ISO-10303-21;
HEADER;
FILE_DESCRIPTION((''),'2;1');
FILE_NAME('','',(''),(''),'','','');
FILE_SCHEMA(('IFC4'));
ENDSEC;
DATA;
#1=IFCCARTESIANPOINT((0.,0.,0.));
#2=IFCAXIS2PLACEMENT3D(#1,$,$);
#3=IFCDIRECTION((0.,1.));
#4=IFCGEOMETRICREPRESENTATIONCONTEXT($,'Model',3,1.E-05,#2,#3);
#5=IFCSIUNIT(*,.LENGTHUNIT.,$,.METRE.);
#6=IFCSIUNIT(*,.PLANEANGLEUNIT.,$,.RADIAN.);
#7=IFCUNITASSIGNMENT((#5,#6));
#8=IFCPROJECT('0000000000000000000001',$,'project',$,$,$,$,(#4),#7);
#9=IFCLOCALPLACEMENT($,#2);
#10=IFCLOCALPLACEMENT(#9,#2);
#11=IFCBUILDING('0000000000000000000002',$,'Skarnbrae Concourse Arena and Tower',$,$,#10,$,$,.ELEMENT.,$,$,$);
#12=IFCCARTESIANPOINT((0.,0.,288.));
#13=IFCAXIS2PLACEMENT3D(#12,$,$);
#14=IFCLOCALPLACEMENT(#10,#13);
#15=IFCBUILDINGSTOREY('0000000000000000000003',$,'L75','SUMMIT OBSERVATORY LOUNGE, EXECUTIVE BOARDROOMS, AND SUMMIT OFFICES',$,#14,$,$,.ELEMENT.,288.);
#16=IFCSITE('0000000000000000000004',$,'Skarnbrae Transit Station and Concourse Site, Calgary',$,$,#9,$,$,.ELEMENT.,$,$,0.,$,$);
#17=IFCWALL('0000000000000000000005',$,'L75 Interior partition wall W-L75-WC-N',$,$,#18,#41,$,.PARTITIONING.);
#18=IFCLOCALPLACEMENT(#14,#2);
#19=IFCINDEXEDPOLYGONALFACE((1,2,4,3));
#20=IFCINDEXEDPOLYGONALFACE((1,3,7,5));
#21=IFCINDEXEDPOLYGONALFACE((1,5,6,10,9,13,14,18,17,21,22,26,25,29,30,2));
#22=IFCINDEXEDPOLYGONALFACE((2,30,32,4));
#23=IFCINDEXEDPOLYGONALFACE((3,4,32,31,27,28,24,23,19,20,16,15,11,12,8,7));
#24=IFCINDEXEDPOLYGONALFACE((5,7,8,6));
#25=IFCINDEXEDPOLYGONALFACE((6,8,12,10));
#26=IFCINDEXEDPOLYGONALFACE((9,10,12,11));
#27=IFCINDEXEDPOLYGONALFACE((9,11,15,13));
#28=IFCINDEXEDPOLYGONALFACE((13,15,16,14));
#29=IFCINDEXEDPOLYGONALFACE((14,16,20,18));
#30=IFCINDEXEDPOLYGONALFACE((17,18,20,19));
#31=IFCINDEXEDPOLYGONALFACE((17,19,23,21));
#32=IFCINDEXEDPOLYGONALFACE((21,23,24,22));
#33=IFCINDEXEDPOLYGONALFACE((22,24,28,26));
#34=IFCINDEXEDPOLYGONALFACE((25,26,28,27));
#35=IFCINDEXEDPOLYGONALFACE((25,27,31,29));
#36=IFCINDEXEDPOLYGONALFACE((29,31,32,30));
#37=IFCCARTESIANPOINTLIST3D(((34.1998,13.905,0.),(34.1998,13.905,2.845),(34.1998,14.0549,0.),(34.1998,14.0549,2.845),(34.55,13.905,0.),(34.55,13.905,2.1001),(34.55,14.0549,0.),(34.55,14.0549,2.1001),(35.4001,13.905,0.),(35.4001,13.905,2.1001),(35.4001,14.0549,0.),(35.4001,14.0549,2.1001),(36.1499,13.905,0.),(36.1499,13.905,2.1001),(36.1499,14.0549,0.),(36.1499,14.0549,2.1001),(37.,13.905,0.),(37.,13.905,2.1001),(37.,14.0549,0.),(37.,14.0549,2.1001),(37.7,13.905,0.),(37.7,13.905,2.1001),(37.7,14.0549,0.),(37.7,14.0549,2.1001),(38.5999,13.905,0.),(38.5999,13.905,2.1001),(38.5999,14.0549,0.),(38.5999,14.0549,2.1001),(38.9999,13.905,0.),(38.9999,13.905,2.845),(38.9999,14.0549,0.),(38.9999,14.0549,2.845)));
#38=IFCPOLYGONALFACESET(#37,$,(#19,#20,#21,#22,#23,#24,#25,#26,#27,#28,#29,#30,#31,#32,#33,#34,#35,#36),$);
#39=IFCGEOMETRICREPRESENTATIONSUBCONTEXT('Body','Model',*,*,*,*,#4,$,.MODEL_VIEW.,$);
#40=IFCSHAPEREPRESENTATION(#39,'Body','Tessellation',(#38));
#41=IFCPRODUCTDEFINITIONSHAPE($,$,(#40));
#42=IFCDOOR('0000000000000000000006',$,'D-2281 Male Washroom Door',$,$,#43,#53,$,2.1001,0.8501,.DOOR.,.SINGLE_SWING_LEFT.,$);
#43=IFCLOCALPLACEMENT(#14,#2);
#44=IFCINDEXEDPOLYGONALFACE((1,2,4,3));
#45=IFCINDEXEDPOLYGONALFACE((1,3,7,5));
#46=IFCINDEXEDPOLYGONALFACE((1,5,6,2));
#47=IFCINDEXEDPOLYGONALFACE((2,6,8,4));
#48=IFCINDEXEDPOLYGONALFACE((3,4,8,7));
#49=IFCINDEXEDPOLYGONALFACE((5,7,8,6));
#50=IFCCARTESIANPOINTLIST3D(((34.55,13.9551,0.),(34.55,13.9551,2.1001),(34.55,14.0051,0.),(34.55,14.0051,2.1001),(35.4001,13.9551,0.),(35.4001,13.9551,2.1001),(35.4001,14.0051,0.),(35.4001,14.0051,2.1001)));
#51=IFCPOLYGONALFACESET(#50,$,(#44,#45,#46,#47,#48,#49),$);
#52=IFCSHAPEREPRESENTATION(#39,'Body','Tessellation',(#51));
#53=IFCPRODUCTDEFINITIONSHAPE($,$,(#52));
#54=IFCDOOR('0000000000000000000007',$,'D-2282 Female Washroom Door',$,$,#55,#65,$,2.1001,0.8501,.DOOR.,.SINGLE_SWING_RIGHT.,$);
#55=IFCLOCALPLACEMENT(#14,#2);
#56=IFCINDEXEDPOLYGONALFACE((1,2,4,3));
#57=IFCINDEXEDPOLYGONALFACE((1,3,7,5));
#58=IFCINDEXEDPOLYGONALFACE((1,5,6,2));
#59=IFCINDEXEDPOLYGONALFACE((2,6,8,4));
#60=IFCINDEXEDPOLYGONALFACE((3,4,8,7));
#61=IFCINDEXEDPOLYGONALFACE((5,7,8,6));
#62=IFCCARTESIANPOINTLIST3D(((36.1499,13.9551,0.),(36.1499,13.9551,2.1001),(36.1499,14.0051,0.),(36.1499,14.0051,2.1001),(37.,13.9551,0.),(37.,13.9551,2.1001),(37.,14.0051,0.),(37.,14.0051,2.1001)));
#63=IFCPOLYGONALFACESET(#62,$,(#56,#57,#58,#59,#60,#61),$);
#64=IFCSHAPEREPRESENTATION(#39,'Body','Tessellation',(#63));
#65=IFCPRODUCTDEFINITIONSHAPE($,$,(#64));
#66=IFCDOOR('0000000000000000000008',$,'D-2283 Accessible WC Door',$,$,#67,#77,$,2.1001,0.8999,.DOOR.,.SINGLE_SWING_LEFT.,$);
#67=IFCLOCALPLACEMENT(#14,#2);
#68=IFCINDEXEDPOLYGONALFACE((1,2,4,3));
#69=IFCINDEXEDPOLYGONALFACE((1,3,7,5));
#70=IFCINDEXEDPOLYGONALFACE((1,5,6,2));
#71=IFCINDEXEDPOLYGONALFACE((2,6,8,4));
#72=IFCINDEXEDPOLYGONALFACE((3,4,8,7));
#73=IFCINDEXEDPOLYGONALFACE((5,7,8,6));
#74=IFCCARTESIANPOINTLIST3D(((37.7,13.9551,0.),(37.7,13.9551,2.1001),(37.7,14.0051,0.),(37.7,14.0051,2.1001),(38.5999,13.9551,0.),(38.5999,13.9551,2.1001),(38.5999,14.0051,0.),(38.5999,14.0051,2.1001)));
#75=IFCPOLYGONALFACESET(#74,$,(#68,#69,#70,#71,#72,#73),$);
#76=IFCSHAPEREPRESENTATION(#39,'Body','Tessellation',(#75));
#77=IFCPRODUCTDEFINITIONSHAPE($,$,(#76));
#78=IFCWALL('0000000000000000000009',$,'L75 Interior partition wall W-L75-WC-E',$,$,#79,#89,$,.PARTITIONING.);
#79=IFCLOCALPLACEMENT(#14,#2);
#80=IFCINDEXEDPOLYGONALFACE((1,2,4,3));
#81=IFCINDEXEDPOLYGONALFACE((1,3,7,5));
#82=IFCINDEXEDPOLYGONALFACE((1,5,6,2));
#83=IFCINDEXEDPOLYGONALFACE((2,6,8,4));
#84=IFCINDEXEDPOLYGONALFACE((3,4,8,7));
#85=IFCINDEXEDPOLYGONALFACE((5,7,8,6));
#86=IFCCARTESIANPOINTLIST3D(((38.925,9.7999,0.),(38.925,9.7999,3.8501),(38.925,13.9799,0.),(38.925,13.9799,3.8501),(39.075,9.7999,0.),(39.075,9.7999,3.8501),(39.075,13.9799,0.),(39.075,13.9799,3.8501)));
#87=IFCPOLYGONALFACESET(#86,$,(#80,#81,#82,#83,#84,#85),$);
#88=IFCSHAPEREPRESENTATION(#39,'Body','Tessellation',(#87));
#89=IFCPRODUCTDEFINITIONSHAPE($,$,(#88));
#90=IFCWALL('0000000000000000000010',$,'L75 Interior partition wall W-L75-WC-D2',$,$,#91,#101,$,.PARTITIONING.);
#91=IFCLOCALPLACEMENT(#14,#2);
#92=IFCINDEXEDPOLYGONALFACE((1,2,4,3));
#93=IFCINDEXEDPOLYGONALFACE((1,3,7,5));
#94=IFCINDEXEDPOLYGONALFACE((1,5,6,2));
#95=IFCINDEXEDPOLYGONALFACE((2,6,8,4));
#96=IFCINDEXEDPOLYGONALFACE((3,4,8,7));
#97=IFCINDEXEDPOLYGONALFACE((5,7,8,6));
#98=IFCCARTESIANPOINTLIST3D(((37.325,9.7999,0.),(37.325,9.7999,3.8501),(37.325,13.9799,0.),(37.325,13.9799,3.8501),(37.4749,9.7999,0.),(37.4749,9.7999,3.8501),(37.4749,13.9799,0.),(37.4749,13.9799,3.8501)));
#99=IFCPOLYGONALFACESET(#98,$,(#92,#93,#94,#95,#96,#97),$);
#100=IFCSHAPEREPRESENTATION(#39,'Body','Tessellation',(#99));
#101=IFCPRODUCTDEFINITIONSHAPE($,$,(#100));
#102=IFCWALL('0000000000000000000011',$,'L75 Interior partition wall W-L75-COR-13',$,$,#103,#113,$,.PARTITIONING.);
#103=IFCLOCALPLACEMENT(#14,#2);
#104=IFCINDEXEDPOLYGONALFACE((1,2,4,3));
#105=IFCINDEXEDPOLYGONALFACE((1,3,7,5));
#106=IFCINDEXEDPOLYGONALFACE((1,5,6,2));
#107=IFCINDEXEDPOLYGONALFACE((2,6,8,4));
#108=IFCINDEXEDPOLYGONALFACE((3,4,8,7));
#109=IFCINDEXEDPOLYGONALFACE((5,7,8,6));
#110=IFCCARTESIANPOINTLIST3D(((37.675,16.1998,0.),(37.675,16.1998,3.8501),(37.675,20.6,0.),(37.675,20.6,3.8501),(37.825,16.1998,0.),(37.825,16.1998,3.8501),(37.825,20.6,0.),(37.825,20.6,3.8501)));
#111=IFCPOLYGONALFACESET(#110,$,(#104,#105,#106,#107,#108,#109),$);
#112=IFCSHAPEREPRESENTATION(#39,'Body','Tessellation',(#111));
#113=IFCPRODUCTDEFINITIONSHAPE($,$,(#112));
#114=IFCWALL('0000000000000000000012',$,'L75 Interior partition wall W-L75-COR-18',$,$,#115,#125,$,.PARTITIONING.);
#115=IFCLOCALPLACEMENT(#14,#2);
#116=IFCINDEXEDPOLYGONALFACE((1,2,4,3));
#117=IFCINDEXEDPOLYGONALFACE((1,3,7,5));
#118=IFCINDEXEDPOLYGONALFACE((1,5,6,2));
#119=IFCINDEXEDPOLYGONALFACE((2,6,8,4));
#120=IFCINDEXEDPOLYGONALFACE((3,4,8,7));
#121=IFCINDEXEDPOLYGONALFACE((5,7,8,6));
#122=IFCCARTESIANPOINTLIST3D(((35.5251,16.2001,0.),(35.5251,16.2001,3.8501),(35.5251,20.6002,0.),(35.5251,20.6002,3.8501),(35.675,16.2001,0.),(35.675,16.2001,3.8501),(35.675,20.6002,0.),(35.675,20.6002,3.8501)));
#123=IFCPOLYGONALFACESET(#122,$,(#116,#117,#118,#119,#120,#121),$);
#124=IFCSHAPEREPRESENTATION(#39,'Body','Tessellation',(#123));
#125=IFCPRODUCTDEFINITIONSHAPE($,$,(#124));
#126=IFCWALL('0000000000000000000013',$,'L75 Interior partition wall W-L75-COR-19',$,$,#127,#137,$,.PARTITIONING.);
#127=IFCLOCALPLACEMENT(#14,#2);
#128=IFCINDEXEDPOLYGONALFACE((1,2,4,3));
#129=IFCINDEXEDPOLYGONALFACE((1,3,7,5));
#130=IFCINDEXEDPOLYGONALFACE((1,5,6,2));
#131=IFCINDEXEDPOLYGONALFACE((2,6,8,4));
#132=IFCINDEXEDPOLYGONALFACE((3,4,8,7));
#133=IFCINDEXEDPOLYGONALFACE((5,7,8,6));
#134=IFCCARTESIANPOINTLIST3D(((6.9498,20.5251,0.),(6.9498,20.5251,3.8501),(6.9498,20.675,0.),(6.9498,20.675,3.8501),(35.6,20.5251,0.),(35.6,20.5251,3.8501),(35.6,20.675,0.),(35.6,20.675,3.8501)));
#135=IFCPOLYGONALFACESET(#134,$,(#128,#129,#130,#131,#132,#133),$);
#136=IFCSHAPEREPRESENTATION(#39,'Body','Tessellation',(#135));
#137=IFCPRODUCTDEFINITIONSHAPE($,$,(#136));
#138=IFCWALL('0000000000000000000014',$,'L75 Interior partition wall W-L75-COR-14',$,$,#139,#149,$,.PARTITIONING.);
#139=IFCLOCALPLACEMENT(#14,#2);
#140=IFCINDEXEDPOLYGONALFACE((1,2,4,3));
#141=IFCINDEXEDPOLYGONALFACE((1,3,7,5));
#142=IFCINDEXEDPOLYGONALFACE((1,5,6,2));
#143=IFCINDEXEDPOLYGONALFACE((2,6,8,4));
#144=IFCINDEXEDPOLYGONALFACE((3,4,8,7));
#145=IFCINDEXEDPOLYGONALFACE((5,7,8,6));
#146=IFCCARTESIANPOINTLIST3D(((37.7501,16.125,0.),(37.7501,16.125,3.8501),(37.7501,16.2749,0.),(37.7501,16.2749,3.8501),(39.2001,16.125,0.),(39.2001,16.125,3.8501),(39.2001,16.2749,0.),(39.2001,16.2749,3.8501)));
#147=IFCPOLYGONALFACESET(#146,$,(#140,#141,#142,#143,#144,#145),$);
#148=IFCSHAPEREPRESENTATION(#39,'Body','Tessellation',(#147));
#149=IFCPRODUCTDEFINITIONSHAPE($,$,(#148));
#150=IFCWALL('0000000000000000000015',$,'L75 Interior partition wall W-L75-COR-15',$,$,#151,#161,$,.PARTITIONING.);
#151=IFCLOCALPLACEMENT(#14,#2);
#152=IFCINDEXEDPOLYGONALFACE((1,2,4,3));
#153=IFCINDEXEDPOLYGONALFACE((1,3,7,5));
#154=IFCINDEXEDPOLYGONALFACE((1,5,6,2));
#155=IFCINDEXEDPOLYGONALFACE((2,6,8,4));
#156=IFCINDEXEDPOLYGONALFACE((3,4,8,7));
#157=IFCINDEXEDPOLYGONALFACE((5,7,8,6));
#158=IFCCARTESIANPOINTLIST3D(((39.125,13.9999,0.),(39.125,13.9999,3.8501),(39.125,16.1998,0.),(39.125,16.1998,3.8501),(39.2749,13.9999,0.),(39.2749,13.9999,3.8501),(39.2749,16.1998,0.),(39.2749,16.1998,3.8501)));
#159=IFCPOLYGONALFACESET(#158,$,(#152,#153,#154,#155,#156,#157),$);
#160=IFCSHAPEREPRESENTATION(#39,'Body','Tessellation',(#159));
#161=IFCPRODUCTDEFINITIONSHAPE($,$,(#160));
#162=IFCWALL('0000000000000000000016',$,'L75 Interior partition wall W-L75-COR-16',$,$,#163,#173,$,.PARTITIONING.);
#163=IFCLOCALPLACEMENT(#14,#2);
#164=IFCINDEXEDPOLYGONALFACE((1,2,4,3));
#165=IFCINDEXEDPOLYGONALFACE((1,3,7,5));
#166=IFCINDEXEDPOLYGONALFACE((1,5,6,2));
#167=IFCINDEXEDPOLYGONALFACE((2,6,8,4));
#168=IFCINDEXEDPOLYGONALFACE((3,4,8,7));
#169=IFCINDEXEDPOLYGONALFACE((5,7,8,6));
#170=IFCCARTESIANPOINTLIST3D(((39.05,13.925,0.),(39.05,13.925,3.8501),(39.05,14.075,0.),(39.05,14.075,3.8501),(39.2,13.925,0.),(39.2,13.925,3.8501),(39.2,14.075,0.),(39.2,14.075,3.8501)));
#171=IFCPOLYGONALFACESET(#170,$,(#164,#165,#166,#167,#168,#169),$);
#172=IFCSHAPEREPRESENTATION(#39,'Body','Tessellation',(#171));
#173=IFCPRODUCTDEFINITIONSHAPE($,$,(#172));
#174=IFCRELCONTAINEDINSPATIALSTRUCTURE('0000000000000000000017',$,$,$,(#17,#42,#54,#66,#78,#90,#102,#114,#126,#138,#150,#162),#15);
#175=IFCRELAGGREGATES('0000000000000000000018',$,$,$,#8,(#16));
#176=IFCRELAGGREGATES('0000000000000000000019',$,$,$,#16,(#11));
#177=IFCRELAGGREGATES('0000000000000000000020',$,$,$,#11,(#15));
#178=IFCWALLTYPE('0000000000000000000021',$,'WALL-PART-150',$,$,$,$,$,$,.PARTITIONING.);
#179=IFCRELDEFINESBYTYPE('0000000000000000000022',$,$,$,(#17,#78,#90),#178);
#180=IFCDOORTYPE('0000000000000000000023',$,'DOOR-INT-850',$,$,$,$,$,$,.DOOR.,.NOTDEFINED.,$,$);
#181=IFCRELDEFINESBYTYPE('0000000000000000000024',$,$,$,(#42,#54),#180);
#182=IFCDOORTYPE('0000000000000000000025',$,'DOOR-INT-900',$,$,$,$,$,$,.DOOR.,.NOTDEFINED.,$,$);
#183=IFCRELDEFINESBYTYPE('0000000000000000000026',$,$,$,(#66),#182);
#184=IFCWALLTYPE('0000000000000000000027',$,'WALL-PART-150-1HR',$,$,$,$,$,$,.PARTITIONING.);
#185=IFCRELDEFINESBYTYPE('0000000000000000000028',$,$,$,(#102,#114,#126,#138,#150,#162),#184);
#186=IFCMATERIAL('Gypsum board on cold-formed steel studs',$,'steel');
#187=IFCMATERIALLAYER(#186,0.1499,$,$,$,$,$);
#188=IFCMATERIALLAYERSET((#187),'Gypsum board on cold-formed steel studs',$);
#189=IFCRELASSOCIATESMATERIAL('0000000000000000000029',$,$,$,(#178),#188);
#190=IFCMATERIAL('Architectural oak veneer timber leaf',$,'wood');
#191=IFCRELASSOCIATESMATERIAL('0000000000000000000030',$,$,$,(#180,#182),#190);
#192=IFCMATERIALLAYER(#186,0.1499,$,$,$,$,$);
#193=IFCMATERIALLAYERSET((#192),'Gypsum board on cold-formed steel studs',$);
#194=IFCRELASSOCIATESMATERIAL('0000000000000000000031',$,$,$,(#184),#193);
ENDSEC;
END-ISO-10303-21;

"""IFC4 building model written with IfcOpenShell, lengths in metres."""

from ifc_helpers import new_model, si_unit, direction, frame, frame_2d, origin, place, context, subcontext, project, spatial, rectangle, extrude, source, transform, mapped, material, layer, layer_set, type_object, element, fill, save


model = new_model("IFC4")

# Units and contexts
model_context = context("Model", 3, precision=1e-05, world=origin(), true_north=direction((0.0, 1.0)))
body_context = subcontext(model_context, "Body", "Model", "MODEL_VIEW")
ifc_project = project(units=[si_unit("LENGTHUNIT", "METRE"), si_unit("PLANEANGLEUNIT", "RADIAN")], contexts=[model_context])

# Site, building, storey
site_placement = place(None, origin())
site = spatial("IfcSite", under=ifc_project, at=site_placement, Name="Skarnbrae Transit Station and Concourse Site, Calgary", CompositionType="ELEMENT", RefElevation=0.0)
building_placement = place(site_placement, origin())
building = spatial("IfcBuilding", under=site, at=building_placement, Name="Skarnbrae Concourse Arena and Tower", CompositionType="ELEMENT")
storey_placement = place(building_placement, frame((0.0, 0.0, 288.0)))
storey = spatial("IfcBuildingStorey", under=building, at=storey_placement, Name="L75", Description="SUMMIT OBSERVATORY LOUNGE, EXECUTIVE BOARDROOMS, AND SUMMIT OFFICES", CompositionType="ELEMENT", Elevation=288.0)

# Wall, openings, doors
ifc_material_1 = material(Name="Gypsum board on cold-formed steel studs", Category="steel")
ifc_layer_1 = layer(ifc_material_1, 0.1499)
ifc_layer_set_1 = layer_set([ifc_layer_1], Name="Gypsum board on cold-formed steel studs")
wall_type_1 = type_object("IfcWallType", Name="WALL-PART-150", PredefinedType="PARTITIONING", material=ifc_layer_set_1)
shared_shape_1 = source(origin(), body_context, "Body", "SweptSolid", [
    extrude(rectangle(XDim=4.8, YDim=0.1499, at=frame_2d((2.3999, 0.0))), origin(), (0.0, 0.0, 1.0), 2.845),
])
wall_1_placement = place(storey_placement, frame((34.2, 13.98, 0.0), z_axis=(0.0, 0.0, 1.0), x_axis=(1.0, 0.0, 0.0)))
wall_1 = element("IfcWall", 1, at=wall_1_placement, inside=storey, type_object=wall_type_1, Name="L75 Interior partition wall W-L75-WC-N", PredefinedType="PARTITIONING", context=body_context, shape_type="MappedRepresentation", body=[
    mapped(shared_shape_1, transform((0.0, 0.0, 0.0))),
])
opening_1_placement = place(wall_1_placement, frame((0.3501, 0.0, 0.0)))
opening_1 = element("IfcOpeningElement", 2, at=opening_1_placement, cuts=wall_1, PredefinedType="OPENING", context=body_context, shape_type="SweptSolid", body=[
    extrude(rectangle(XDim=0.8501, YDim=2.1001, at=frame_2d((0.425, 1.05))), frame((0.0, 0.085, 0.0), z_axis=(0.0, -1.0, 0.0), x_axis=(1.0, 0.0, 0.0)), (0.0, 0.0, 1.0), 0.1699),
])
opening_2_placement = place(wall_1_placement, frame((1.95, 0.0, 0.0)))
opening_2 = element("IfcOpeningElement", 3, at=opening_2_placement, cuts=wall_1, PredefinedType="OPENING", context=body_context, shape_type="SweptSolid", body=[
    extrude(rectangle(XDim=0.8501, YDim=2.1001, at=frame_2d((0.425, 1.05))), frame((0.0, 0.085, 0.0), z_axis=(0.0, -1.0, 0.0), x_axis=(1.0, 0.0, 0.0)), (0.0, 0.0, 1.0), 0.1699),
])
opening_3_placement = place(wall_1_placement, frame((3.5, 0.0, 0.0)))
opening_3 = element("IfcOpeningElement", 4, at=opening_3_placement, cuts=wall_1, PredefinedType="OPENING", context=body_context, shape_type="SweptSolid", body=[
    extrude(rectangle(XDim=0.8999, YDim=2.1001, at=frame_2d((0.45, 1.05))), frame((0.0, 0.085, 0.0), z_axis=(0.0, -1.0, 0.0), x_axis=(1.0, 0.0, 0.0)), (0.0, 0.0, 1.0), 0.1699),
])
ifc_material_2 = material(Name="Architectural oak veneer timber leaf", Category="wood")
door_type_1 = type_object("IfcDoorType", Name="DOOR-INT-850", OperationType="NOTDEFINED", PredefinedType="DOOR", material=ifc_material_2)
shared_shape_2 = source(origin(), body_context, "Body", "SweptSolid", [
    extrude(rectangle(XDim=0.8501, YDim=2.1001, at=frame_2d((0.425, 1.05))), frame((0.0, 0.0249, 0.0), z_axis=(0.0, -1.0, 0.0), x_axis=(1.0, 0.0, 0.0)), (0.0, 0.0, 1.0), 0.05),
])
door_1_placement = place(opening_1_placement, frame((0.8501, 0.0, 0.0), z_axis=(0.0, 0.0, 1.0), x_axis=(-1.0, 0.0, 0.0)))
door_1 = element("IfcDoor", 5, at=door_1_placement, inside=storey, type_object=door_type_1, Name="D-2281 Male Washroom Door", OperationType="SINGLE_SWING_LEFT", OverallHeight=2.1001, OverallWidth=0.8501, PredefinedType="DOOR", context=body_context, shape_type="MappedRepresentation", body=[
    mapped(shared_shape_2, transform((0.0, 0.0, 0.0))),
])
fill(opening_1, door_1)
door_2_placement = place(opening_2_placement, frame((0.8501, 0.0, 0.0), z_axis=(0.0, 0.0, 1.0), x_axis=(-1.0, 0.0, 0.0)))
door_2 = element("IfcDoor", 6, at=door_2_placement, inside=storey, type_object=door_type_1, Name="D-2282 Female Washroom Door", OperationType="SINGLE_SWING_RIGHT", OverallHeight=2.1001, OverallWidth=0.8501, PredefinedType="DOOR", context=body_context, shape_type="MappedRepresentation", body=[
    mapped(shared_shape_2, transform((0.0, 0.0, 0.0))),
])
fill(opening_2, door_2)
door_type_2 = type_object("IfcDoorType", Name="DOOR-INT-900", OperationType="NOTDEFINED", PredefinedType="DOOR", material=ifc_material_2)
shared_shape_3 = source(origin(), body_context, "Body", "SweptSolid", [
    extrude(rectangle(XDim=0.8999, YDim=2.1001, at=frame_2d((0.45, 1.05))), frame((0.0, 0.0249, 0.0), z_axis=(0.0, -1.0, 0.0), x_axis=(1.0, 0.0, 0.0)), (0.0, 0.0, 1.0), 0.05),
])
door_3_placement = place(opening_3_placement, frame((0.8999, 0.0, 0.0), z_axis=(0.0, 0.0, 1.0), x_axis=(-1.0, 0.0, 0.0)))
door_3 = element("IfcDoor", 7, at=door_3_placement, inside=storey, type_object=door_type_2, Name="D-2283 Accessible WC Door", OperationType="SINGLE_SWING_LEFT", OverallHeight=2.1001, OverallWidth=0.8999, PredefinedType="DOOR", context=body_context, shape_type="MappedRepresentation", body=[
    mapped(shared_shape_3, transform((0.0, 0.0, 0.0))),
])
fill(opening_3, door_3)

# Walls
shared_shape_4 = source(origin(), body_context, "Body", "SweptSolid", [
    extrude(rectangle(XDim=4.1799, YDim=0.1499, at=frame_2d((2.0898, 0.0))), origin(), (0.0, 0.0, 1.0), 3.8501),
])
for number, where, z_axis, x_axis, name in (
    (8, (39.0, 9.8, 0.0), (0.0, 0.0, 1.0), (0.0, 1.0, 0.0), "L75 Interior partition wall W-L75-WC-E"),
    (9, (37.3999, 9.8, 0.0), (0.0, 0.0, 1.0), (0.0, 1.0, 0.0), "L75 Interior partition wall W-L75-WC-D2"),
):
    element("IfcWall", number, at=place(storey_placement, frame(where, z_axis=z_axis, x_axis=x_axis)), inside=storey, type_object=wall_type_1, Name=name, PredefinedType="PARTITIONING", context=body_context, shape_type="MappedRepresentation", body=[
        mapped(shared_shape_4, transform((0.0, 0.0, 0.0))),
    ])
ifc_layer_2 = layer(ifc_material_1, 0.1499)
ifc_layer_set_2 = layer_set([ifc_layer_2], Name="Gypsum board on cold-formed steel studs")
wall_type_2 = type_object("IfcWallType", Name="WALL-PART-150-1HR", PredefinedType="PARTITIONING", material=ifc_layer_set_2)
shared_shape_5 = source(origin(), body_context, "Body", "SweptSolid", [
    extrude(rectangle(XDim=4.4001, YDim=0.1499, at=frame_2d((2.2002, 0.0))), origin(), (0.0, 0.0, 1.0), 3.8501),
])
for number, where, z_axis, x_axis, name in (
    (10, (37.75, 20.6001, 0.0), (0.0, 0.0, 1.0), (0.0, -1.0, 0.0), "L75 Interior partition wall W-L75-COR-13"),
    (11, (35.6001, 16.2, 0.0), (0.0, 0.0, 1.0), (0.0, 1.0, 0.0), "L75 Interior partition wall W-L75-COR-18"),
):
    element("IfcWall", number, at=place(storey_placement, frame(where, z_axis=z_axis, x_axis=x_axis)), inside=storey, type_object=wall_type_2, Name=name, PredefinedType="PARTITIONING", context=body_context, shape_type="MappedRepresentation", body=[
        mapped(shared_shape_5, transform((0.0, 0.0, 0.0))),
    ])
shared_shape_6 = source(origin(), body_context, "Body", "SweptSolid", [
    extrude(rectangle(XDim=28.6501, YDim=0.1499, at=frame_2d((14.3252, 0.0))), origin(), (0.0, 0.0, 1.0), 3.8501),
])
wall_2_placement = place(storey_placement, frame((35.6001, 20.6001, 0.0), z_axis=(0.0, 0.0, 1.0), x_axis=(-1.0, 0.0, 0.0)))
element("IfcWall", 12, at=wall_2_placement, inside=storey, type_object=wall_type_2, Name="L75 Interior partition wall W-L75-COR-19", PredefinedType="PARTITIONING", context=body_context, shape_type="MappedRepresentation", body=[
    mapped(shared_shape_6, transform((0.0, 0.0, 0.0))),
])
shared_shape_7 = source(origin(), body_context, "Body", "SweptSolid", [
    extrude(rectangle(XDim=1.45, YDim=0.1499, at=frame_2d((0.7251, 0.0))), origin(), (0.0, 0.0, 1.0), 3.8501),
])
wall_3_placement = place(storey_placement, frame((37.75, 16.2, 0.0), z_axis=(0.0, 0.0, 1.0), x_axis=(1.0, 0.0, 0.0)))
element("IfcWall", 13, at=wall_3_placement, inside=storey, type_object=wall_type_2, Name="L75 Interior partition wall W-L75-COR-14", PredefinedType="PARTITIONING", context=body_context, shape_type="MappedRepresentation", body=[
    mapped(shared_shape_7, transform((0.0, 0.0, 0.0))),
])
shared_shape_8 = source(origin(), body_context, "Body", "SweptSolid", [
    extrude(rectangle(XDim=2.2, YDim=0.1499, at=frame_2d((1.1001, 0.0))), origin(), (0.0, 0.0, 1.0), 3.8501),
])
wall_4_placement = place(storey_placement, frame((39.2, 16.2, 0.0), z_axis=(0.0, 0.0, 1.0), x_axis=(0.0, -1.0, 0.0)))
element("IfcWall", 14, at=wall_4_placement, inside=storey, type_object=wall_type_2, Name="L75 Interior partition wall W-L75-COR-15", PredefinedType="PARTITIONING", context=body_context, shape_type="MappedRepresentation", body=[
    mapped(shared_shape_8, transform((0.0, 0.0, 0.0))),
])
shared_shape_9 = source(origin(), body_context, "Body", "SweptSolid", [
    extrude(rectangle(XDim=0.1499, YDim=0.1499, at=frame_2d((0.075, 0.0))), origin(), (0.0, 0.0, 1.0), 3.8501),
])
wall_5_placement = place(storey_placement, frame((39.2, 14.0, 0.0), z_axis=(0.0, 0.0, 1.0), x_axis=(-1.0, 0.0, 0.0)))
element("IfcWall", 15, at=wall_5_placement, inside=storey, type_object=wall_type_2, Name="L75 Interior partition wall W-L75-COR-16", PredefinedType="PARTITIONING", context=body_context, shape_type="MappedRepresentation", body=[
    mapped(shared_shape_9, transform((0.0, 0.0, 0.0))),
])

save(model, "model.ifc")
